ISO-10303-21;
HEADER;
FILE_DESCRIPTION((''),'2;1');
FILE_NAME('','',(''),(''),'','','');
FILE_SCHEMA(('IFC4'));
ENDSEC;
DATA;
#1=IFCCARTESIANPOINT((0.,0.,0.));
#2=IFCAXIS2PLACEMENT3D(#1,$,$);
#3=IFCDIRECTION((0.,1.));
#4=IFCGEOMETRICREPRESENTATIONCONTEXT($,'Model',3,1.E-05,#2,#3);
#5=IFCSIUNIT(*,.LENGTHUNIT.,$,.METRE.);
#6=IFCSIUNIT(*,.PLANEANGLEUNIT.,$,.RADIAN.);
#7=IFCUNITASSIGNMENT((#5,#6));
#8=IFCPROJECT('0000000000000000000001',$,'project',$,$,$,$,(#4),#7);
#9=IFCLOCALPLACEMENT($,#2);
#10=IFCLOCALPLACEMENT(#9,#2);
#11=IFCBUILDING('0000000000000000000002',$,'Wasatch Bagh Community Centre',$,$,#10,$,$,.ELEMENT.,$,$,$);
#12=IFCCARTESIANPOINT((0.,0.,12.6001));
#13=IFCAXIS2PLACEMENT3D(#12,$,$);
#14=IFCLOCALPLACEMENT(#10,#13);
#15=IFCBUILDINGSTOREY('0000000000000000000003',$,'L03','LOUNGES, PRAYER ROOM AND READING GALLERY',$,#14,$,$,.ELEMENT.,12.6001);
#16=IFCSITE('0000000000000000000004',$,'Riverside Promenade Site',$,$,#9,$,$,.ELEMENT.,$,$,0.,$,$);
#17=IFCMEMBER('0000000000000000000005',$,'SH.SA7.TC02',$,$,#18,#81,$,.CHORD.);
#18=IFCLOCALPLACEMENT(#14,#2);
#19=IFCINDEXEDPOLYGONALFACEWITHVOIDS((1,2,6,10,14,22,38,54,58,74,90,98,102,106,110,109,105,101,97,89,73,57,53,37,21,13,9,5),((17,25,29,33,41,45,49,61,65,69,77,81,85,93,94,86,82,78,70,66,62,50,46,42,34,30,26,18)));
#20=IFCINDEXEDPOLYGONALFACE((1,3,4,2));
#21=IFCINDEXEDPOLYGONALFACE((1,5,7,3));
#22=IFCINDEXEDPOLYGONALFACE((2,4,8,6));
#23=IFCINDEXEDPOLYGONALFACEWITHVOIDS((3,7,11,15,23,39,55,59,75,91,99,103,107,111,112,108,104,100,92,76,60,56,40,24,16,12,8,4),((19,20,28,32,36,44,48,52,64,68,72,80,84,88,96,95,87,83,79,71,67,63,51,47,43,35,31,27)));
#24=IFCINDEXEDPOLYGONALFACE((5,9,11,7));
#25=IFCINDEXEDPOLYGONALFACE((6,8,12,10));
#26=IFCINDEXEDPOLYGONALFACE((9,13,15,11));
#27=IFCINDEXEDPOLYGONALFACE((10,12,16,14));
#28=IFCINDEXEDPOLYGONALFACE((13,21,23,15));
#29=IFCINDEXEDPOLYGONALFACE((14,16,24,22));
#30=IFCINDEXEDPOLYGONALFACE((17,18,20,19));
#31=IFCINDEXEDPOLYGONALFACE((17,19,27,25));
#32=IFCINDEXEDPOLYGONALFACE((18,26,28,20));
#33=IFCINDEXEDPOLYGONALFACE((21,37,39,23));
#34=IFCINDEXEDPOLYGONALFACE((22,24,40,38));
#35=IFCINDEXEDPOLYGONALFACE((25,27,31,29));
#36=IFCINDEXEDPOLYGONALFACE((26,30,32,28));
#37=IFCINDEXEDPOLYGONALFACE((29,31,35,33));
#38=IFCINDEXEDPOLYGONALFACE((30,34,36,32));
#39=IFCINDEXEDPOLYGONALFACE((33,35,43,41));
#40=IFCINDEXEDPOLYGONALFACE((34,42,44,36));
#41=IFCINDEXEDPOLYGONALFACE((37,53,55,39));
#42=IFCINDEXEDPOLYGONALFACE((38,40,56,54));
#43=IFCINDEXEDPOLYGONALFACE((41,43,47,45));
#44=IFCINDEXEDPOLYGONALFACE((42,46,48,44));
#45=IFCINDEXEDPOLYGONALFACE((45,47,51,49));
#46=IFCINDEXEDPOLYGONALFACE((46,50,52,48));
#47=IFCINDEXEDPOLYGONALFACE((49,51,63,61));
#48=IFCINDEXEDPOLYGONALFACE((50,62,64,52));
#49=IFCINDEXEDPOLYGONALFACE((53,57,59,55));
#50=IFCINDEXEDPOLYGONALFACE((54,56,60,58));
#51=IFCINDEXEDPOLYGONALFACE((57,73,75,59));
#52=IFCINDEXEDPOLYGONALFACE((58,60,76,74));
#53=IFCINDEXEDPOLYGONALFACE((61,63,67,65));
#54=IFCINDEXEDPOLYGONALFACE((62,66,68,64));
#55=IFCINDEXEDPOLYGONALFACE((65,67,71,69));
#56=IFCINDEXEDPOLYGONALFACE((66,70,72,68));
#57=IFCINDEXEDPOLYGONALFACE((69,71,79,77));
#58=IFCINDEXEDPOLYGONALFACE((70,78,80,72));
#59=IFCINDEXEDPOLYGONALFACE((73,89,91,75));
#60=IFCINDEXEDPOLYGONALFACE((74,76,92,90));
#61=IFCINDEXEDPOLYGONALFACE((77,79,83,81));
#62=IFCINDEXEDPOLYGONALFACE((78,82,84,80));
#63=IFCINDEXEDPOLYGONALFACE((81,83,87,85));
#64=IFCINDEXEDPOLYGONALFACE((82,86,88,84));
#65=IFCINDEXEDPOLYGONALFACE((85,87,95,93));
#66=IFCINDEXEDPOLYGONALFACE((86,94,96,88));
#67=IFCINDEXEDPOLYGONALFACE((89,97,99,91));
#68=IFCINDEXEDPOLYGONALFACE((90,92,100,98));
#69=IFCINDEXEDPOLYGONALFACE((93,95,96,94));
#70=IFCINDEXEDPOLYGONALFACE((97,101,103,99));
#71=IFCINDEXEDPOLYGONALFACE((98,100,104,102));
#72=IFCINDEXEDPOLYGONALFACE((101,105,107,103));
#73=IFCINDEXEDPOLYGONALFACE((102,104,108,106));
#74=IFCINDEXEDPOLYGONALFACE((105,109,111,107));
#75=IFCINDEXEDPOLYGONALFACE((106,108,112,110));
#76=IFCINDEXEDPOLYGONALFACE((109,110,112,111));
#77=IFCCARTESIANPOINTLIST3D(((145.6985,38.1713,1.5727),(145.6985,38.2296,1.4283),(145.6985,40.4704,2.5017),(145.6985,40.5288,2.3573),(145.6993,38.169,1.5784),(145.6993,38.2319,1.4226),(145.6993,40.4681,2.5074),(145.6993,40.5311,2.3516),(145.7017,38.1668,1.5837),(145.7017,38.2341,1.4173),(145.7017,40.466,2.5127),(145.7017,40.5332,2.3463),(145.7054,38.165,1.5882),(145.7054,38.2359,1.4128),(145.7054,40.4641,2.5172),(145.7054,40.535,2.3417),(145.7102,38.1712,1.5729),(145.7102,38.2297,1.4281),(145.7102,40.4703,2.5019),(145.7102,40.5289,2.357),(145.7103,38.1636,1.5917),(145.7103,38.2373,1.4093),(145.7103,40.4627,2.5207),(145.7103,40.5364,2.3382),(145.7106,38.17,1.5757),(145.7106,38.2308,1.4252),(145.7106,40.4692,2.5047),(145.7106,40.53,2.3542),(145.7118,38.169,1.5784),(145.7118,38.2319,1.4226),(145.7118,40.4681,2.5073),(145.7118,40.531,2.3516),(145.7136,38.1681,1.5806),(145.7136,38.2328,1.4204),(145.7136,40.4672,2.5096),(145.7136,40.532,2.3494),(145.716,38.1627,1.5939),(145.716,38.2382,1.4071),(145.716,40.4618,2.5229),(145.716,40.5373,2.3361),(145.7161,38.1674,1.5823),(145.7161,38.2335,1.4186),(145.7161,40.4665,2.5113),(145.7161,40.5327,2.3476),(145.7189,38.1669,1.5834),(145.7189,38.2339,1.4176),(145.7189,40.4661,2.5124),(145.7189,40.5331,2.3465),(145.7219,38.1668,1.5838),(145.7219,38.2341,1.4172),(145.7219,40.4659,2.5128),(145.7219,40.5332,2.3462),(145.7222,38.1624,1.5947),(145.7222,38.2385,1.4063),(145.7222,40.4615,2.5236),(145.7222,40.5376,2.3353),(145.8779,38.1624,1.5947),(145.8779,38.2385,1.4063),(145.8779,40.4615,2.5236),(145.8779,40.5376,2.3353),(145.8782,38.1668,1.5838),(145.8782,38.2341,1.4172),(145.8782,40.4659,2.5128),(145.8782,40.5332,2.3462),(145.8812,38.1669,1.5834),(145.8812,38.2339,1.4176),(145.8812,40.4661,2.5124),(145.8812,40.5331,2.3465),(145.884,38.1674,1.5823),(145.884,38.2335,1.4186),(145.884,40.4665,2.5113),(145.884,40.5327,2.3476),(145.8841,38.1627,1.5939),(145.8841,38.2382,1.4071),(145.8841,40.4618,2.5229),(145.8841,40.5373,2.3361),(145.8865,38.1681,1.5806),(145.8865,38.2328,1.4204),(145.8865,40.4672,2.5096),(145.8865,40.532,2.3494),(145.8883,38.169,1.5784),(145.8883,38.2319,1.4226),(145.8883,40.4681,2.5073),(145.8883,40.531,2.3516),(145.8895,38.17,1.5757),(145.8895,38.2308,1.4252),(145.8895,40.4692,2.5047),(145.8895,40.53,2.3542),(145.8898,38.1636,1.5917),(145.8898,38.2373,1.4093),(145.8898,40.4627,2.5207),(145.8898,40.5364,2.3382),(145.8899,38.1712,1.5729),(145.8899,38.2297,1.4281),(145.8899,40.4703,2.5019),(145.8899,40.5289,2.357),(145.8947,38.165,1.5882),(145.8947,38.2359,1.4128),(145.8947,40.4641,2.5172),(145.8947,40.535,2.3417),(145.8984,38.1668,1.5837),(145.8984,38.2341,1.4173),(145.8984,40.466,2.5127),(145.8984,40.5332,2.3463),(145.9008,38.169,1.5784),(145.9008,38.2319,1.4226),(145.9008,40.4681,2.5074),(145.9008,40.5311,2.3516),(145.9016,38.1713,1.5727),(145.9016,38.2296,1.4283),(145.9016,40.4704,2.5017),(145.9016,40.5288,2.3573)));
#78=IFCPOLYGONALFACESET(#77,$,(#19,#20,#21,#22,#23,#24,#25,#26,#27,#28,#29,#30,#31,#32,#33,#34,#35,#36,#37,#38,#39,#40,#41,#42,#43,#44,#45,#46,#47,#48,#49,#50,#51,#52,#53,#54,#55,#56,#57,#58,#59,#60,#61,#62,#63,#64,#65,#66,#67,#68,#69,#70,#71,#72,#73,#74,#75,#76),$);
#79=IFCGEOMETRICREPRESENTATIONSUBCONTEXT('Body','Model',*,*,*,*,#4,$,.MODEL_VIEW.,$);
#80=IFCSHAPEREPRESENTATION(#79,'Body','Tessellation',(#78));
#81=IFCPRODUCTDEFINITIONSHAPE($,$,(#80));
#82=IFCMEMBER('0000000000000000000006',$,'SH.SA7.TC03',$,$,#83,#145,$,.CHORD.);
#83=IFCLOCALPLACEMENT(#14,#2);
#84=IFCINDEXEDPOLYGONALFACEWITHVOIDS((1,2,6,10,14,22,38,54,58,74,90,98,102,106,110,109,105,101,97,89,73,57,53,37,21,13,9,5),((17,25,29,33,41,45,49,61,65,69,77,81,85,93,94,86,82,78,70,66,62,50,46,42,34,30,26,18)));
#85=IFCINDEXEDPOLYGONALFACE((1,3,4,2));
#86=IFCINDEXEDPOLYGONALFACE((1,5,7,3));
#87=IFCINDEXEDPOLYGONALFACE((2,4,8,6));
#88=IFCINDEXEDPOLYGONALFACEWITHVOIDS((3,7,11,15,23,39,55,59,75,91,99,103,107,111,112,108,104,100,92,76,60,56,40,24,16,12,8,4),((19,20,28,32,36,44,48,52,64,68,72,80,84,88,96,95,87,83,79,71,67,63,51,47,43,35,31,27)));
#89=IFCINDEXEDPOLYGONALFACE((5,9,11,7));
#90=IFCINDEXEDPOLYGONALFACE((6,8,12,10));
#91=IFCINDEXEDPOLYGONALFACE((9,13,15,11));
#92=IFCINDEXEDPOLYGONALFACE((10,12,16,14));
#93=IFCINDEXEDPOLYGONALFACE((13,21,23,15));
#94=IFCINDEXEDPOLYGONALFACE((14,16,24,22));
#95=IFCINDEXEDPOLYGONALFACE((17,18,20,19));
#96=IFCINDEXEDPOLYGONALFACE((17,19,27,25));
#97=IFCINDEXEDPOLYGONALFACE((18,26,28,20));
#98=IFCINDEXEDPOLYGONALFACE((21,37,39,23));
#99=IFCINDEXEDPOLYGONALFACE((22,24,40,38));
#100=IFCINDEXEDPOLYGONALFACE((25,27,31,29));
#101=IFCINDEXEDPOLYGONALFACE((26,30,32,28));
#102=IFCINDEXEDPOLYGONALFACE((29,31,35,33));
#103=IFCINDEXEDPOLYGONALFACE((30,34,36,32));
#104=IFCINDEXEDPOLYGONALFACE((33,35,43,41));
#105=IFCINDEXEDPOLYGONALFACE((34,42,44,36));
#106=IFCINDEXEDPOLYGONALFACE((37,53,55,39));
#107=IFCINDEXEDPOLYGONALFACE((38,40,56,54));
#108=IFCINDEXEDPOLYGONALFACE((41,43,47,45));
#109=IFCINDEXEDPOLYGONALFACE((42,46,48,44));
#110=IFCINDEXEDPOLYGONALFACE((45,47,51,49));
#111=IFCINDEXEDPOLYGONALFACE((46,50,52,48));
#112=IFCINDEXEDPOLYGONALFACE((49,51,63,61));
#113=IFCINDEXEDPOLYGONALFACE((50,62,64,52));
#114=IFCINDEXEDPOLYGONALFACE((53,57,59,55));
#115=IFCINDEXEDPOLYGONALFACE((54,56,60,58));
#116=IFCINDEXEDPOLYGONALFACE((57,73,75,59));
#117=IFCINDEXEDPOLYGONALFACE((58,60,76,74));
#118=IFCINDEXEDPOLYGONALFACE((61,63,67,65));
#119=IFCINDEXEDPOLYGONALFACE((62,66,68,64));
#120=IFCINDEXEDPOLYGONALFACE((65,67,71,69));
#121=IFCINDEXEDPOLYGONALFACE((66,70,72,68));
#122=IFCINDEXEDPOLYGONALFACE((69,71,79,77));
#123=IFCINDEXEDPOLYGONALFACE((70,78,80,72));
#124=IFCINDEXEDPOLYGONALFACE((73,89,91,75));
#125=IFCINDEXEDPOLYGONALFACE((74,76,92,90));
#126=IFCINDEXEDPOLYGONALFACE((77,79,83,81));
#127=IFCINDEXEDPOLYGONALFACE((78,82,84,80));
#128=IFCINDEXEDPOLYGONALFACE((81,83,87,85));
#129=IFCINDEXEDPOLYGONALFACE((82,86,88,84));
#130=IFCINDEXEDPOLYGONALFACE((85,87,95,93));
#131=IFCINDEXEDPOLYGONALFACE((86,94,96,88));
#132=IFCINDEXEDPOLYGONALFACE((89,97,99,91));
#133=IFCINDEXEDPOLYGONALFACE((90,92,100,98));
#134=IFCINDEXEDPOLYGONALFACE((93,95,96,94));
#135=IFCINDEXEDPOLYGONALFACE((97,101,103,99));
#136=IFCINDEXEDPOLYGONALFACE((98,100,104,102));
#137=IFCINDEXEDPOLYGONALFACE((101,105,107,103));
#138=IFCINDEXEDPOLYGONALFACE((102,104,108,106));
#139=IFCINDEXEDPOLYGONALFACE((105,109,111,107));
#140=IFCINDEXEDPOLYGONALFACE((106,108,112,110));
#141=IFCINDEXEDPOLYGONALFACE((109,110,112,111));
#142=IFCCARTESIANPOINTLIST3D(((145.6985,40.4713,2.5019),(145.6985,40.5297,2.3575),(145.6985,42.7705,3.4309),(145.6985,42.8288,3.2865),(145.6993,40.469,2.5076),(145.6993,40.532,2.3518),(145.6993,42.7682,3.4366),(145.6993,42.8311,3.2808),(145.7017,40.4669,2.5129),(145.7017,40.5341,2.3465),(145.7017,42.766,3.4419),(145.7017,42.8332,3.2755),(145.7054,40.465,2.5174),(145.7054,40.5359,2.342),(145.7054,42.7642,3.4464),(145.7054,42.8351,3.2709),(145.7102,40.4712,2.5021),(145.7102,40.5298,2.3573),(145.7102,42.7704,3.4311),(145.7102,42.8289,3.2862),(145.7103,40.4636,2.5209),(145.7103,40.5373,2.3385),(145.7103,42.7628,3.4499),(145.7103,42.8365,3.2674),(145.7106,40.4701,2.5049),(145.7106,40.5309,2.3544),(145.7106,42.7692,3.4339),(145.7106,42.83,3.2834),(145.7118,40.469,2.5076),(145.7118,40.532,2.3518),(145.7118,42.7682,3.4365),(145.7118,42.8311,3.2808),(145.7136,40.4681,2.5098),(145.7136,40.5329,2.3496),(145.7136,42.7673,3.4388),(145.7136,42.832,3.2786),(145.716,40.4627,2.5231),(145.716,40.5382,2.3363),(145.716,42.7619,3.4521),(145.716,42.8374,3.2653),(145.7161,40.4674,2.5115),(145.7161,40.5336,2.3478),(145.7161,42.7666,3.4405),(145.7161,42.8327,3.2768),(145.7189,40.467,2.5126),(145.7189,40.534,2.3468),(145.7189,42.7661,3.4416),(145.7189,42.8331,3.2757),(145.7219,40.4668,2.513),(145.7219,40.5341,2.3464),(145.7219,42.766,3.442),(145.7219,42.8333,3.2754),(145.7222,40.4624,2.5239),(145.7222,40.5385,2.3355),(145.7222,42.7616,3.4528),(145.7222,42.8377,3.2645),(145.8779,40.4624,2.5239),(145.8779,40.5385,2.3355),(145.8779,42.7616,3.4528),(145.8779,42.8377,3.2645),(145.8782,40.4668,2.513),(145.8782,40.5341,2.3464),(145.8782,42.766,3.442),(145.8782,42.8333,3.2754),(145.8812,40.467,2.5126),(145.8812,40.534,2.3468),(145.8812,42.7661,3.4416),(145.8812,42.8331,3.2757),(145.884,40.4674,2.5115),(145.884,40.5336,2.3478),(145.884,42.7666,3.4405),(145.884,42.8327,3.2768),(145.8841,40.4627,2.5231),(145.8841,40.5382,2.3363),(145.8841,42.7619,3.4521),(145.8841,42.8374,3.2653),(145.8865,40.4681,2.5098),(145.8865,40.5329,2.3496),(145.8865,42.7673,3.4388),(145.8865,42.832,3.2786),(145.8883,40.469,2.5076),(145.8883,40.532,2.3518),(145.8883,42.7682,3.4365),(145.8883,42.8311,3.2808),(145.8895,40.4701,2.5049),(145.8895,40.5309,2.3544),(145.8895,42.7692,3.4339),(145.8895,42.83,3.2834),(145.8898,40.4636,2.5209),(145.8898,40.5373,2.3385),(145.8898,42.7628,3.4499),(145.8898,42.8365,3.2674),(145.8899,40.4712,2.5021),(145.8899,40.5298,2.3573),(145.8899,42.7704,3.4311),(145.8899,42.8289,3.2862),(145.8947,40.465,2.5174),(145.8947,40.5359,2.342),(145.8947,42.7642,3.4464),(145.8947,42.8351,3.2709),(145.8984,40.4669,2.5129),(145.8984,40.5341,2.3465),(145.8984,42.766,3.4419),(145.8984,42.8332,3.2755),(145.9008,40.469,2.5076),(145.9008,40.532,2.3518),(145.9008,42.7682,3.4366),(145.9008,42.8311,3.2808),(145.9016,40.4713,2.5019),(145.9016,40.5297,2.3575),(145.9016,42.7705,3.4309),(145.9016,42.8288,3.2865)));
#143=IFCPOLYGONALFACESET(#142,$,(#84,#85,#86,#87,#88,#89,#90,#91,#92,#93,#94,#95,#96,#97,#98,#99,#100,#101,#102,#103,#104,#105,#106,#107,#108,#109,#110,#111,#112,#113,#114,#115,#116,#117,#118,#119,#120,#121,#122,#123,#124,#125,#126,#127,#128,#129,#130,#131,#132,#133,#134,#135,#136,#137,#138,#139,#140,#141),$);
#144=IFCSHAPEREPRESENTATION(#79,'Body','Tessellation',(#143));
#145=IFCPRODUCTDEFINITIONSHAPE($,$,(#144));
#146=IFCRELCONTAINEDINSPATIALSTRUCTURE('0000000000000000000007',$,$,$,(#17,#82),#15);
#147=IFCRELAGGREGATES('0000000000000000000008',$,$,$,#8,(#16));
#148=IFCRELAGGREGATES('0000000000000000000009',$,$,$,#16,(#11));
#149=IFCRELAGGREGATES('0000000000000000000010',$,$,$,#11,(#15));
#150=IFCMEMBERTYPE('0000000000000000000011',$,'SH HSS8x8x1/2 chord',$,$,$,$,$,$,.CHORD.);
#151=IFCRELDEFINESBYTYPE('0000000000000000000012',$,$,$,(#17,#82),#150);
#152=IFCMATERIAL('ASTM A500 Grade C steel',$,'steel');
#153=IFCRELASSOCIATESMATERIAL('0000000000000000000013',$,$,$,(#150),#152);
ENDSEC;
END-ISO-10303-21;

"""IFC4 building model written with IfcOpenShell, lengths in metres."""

from ifc_helpers import new_model, si_unit, direction, frame, origin, origin_2d, place, context, subcontext, project, spatial, hollow_rectangle, extrude, material, material_profile, profile_set, type_object, element, save


model = new_model("IFC4")

# Units and contexts
model_context = context("Model", 3, precision=1e-05, world=origin(), true_north=direction((0.0, 1.0)))
body_context = subcontext(model_context, "Body", "Model", "MODEL_VIEW")
ifc_project = project(units=[si_unit("LENGTHUNIT", "METRE"), si_unit("PLANEANGLEUNIT", "RADIAN")], contexts=[model_context])

# Site, building, storey
site_placement = place(None, origin())
site = spatial("IfcSite", under=ifc_project, at=site_placement, Name="Riverside Promenade Site", CompositionType="ELEMENT", RefElevation=0.0)
building_placement = place(site_placement, origin())
building = spatial("IfcBuilding", under=site, at=building_placement, Name="Wasatch Bagh Community Centre", CompositionType="ELEMENT")
storey_placement = place(building_placement, frame((0.0, 0.0, 12.6001)))
storey = spatial("IfcBuildingStorey", under=building, at=storey_placement, Name="L03", Description="LOUNGES, PRAYER ROOM AND READING GALLERY", CompositionType="ELEMENT", Elevation=12.6001)

# Members
ifc_material_1 = material(Name="ASTM A500 Grade C steel", Category="steel")
ifc_material_profile_1 = material_profile(ifc_material_1, hollow_rectangle(XDim=0.2031, YDim=0.2031, WallThickness=0.0117, InnerFilletRadius=0.0117, OuterFilletRadius=0.0237, at=origin_2d()), Name="HSS8x8x1/2")
ifc_profile_set_1 = profile_set([ifc_material_profile_1], Name="ASTM A500 Grade C steel")
member_type_1 = type_object("IfcMemberType", Name="SH HSS8x8x1/2 chord", PredefinedType="CHORD", material=ifc_profile_set_1)
for number, where, z_axis, x_axis, name in (
    (1, (145.8, 38.2004, 1.5005), (0.0, 0.927174, 0.374631), (-1.0, 0.0, 0.0), "SH.SA7.TC02"),
    (2, (145.8, 40.5005, 2.4297), (0.0, 0.927174, 0.374631), (-1.0, 0.0, 0.0), "SH.SA7.TC03"),
):
    element("IfcMember", number, at=place(storey_placement, frame(where, z_axis=z_axis, x_axis=x_axis)), inside=storey, type_object=member_type_1, Name=name, PredefinedType="CHORD", context=body_context, shape_type="SweptSolid", body=[
        extrude(hollow_rectangle(XDim=0.2031, YDim=0.2031, WallThickness=0.0117, InnerFilletRadius=0.0117, OuterFilletRadius=0.0237, at=origin_2d()), origin(), (0.0, 0.0, 1.0), 2.4797),
    ])

save(model, "model.ifc")
